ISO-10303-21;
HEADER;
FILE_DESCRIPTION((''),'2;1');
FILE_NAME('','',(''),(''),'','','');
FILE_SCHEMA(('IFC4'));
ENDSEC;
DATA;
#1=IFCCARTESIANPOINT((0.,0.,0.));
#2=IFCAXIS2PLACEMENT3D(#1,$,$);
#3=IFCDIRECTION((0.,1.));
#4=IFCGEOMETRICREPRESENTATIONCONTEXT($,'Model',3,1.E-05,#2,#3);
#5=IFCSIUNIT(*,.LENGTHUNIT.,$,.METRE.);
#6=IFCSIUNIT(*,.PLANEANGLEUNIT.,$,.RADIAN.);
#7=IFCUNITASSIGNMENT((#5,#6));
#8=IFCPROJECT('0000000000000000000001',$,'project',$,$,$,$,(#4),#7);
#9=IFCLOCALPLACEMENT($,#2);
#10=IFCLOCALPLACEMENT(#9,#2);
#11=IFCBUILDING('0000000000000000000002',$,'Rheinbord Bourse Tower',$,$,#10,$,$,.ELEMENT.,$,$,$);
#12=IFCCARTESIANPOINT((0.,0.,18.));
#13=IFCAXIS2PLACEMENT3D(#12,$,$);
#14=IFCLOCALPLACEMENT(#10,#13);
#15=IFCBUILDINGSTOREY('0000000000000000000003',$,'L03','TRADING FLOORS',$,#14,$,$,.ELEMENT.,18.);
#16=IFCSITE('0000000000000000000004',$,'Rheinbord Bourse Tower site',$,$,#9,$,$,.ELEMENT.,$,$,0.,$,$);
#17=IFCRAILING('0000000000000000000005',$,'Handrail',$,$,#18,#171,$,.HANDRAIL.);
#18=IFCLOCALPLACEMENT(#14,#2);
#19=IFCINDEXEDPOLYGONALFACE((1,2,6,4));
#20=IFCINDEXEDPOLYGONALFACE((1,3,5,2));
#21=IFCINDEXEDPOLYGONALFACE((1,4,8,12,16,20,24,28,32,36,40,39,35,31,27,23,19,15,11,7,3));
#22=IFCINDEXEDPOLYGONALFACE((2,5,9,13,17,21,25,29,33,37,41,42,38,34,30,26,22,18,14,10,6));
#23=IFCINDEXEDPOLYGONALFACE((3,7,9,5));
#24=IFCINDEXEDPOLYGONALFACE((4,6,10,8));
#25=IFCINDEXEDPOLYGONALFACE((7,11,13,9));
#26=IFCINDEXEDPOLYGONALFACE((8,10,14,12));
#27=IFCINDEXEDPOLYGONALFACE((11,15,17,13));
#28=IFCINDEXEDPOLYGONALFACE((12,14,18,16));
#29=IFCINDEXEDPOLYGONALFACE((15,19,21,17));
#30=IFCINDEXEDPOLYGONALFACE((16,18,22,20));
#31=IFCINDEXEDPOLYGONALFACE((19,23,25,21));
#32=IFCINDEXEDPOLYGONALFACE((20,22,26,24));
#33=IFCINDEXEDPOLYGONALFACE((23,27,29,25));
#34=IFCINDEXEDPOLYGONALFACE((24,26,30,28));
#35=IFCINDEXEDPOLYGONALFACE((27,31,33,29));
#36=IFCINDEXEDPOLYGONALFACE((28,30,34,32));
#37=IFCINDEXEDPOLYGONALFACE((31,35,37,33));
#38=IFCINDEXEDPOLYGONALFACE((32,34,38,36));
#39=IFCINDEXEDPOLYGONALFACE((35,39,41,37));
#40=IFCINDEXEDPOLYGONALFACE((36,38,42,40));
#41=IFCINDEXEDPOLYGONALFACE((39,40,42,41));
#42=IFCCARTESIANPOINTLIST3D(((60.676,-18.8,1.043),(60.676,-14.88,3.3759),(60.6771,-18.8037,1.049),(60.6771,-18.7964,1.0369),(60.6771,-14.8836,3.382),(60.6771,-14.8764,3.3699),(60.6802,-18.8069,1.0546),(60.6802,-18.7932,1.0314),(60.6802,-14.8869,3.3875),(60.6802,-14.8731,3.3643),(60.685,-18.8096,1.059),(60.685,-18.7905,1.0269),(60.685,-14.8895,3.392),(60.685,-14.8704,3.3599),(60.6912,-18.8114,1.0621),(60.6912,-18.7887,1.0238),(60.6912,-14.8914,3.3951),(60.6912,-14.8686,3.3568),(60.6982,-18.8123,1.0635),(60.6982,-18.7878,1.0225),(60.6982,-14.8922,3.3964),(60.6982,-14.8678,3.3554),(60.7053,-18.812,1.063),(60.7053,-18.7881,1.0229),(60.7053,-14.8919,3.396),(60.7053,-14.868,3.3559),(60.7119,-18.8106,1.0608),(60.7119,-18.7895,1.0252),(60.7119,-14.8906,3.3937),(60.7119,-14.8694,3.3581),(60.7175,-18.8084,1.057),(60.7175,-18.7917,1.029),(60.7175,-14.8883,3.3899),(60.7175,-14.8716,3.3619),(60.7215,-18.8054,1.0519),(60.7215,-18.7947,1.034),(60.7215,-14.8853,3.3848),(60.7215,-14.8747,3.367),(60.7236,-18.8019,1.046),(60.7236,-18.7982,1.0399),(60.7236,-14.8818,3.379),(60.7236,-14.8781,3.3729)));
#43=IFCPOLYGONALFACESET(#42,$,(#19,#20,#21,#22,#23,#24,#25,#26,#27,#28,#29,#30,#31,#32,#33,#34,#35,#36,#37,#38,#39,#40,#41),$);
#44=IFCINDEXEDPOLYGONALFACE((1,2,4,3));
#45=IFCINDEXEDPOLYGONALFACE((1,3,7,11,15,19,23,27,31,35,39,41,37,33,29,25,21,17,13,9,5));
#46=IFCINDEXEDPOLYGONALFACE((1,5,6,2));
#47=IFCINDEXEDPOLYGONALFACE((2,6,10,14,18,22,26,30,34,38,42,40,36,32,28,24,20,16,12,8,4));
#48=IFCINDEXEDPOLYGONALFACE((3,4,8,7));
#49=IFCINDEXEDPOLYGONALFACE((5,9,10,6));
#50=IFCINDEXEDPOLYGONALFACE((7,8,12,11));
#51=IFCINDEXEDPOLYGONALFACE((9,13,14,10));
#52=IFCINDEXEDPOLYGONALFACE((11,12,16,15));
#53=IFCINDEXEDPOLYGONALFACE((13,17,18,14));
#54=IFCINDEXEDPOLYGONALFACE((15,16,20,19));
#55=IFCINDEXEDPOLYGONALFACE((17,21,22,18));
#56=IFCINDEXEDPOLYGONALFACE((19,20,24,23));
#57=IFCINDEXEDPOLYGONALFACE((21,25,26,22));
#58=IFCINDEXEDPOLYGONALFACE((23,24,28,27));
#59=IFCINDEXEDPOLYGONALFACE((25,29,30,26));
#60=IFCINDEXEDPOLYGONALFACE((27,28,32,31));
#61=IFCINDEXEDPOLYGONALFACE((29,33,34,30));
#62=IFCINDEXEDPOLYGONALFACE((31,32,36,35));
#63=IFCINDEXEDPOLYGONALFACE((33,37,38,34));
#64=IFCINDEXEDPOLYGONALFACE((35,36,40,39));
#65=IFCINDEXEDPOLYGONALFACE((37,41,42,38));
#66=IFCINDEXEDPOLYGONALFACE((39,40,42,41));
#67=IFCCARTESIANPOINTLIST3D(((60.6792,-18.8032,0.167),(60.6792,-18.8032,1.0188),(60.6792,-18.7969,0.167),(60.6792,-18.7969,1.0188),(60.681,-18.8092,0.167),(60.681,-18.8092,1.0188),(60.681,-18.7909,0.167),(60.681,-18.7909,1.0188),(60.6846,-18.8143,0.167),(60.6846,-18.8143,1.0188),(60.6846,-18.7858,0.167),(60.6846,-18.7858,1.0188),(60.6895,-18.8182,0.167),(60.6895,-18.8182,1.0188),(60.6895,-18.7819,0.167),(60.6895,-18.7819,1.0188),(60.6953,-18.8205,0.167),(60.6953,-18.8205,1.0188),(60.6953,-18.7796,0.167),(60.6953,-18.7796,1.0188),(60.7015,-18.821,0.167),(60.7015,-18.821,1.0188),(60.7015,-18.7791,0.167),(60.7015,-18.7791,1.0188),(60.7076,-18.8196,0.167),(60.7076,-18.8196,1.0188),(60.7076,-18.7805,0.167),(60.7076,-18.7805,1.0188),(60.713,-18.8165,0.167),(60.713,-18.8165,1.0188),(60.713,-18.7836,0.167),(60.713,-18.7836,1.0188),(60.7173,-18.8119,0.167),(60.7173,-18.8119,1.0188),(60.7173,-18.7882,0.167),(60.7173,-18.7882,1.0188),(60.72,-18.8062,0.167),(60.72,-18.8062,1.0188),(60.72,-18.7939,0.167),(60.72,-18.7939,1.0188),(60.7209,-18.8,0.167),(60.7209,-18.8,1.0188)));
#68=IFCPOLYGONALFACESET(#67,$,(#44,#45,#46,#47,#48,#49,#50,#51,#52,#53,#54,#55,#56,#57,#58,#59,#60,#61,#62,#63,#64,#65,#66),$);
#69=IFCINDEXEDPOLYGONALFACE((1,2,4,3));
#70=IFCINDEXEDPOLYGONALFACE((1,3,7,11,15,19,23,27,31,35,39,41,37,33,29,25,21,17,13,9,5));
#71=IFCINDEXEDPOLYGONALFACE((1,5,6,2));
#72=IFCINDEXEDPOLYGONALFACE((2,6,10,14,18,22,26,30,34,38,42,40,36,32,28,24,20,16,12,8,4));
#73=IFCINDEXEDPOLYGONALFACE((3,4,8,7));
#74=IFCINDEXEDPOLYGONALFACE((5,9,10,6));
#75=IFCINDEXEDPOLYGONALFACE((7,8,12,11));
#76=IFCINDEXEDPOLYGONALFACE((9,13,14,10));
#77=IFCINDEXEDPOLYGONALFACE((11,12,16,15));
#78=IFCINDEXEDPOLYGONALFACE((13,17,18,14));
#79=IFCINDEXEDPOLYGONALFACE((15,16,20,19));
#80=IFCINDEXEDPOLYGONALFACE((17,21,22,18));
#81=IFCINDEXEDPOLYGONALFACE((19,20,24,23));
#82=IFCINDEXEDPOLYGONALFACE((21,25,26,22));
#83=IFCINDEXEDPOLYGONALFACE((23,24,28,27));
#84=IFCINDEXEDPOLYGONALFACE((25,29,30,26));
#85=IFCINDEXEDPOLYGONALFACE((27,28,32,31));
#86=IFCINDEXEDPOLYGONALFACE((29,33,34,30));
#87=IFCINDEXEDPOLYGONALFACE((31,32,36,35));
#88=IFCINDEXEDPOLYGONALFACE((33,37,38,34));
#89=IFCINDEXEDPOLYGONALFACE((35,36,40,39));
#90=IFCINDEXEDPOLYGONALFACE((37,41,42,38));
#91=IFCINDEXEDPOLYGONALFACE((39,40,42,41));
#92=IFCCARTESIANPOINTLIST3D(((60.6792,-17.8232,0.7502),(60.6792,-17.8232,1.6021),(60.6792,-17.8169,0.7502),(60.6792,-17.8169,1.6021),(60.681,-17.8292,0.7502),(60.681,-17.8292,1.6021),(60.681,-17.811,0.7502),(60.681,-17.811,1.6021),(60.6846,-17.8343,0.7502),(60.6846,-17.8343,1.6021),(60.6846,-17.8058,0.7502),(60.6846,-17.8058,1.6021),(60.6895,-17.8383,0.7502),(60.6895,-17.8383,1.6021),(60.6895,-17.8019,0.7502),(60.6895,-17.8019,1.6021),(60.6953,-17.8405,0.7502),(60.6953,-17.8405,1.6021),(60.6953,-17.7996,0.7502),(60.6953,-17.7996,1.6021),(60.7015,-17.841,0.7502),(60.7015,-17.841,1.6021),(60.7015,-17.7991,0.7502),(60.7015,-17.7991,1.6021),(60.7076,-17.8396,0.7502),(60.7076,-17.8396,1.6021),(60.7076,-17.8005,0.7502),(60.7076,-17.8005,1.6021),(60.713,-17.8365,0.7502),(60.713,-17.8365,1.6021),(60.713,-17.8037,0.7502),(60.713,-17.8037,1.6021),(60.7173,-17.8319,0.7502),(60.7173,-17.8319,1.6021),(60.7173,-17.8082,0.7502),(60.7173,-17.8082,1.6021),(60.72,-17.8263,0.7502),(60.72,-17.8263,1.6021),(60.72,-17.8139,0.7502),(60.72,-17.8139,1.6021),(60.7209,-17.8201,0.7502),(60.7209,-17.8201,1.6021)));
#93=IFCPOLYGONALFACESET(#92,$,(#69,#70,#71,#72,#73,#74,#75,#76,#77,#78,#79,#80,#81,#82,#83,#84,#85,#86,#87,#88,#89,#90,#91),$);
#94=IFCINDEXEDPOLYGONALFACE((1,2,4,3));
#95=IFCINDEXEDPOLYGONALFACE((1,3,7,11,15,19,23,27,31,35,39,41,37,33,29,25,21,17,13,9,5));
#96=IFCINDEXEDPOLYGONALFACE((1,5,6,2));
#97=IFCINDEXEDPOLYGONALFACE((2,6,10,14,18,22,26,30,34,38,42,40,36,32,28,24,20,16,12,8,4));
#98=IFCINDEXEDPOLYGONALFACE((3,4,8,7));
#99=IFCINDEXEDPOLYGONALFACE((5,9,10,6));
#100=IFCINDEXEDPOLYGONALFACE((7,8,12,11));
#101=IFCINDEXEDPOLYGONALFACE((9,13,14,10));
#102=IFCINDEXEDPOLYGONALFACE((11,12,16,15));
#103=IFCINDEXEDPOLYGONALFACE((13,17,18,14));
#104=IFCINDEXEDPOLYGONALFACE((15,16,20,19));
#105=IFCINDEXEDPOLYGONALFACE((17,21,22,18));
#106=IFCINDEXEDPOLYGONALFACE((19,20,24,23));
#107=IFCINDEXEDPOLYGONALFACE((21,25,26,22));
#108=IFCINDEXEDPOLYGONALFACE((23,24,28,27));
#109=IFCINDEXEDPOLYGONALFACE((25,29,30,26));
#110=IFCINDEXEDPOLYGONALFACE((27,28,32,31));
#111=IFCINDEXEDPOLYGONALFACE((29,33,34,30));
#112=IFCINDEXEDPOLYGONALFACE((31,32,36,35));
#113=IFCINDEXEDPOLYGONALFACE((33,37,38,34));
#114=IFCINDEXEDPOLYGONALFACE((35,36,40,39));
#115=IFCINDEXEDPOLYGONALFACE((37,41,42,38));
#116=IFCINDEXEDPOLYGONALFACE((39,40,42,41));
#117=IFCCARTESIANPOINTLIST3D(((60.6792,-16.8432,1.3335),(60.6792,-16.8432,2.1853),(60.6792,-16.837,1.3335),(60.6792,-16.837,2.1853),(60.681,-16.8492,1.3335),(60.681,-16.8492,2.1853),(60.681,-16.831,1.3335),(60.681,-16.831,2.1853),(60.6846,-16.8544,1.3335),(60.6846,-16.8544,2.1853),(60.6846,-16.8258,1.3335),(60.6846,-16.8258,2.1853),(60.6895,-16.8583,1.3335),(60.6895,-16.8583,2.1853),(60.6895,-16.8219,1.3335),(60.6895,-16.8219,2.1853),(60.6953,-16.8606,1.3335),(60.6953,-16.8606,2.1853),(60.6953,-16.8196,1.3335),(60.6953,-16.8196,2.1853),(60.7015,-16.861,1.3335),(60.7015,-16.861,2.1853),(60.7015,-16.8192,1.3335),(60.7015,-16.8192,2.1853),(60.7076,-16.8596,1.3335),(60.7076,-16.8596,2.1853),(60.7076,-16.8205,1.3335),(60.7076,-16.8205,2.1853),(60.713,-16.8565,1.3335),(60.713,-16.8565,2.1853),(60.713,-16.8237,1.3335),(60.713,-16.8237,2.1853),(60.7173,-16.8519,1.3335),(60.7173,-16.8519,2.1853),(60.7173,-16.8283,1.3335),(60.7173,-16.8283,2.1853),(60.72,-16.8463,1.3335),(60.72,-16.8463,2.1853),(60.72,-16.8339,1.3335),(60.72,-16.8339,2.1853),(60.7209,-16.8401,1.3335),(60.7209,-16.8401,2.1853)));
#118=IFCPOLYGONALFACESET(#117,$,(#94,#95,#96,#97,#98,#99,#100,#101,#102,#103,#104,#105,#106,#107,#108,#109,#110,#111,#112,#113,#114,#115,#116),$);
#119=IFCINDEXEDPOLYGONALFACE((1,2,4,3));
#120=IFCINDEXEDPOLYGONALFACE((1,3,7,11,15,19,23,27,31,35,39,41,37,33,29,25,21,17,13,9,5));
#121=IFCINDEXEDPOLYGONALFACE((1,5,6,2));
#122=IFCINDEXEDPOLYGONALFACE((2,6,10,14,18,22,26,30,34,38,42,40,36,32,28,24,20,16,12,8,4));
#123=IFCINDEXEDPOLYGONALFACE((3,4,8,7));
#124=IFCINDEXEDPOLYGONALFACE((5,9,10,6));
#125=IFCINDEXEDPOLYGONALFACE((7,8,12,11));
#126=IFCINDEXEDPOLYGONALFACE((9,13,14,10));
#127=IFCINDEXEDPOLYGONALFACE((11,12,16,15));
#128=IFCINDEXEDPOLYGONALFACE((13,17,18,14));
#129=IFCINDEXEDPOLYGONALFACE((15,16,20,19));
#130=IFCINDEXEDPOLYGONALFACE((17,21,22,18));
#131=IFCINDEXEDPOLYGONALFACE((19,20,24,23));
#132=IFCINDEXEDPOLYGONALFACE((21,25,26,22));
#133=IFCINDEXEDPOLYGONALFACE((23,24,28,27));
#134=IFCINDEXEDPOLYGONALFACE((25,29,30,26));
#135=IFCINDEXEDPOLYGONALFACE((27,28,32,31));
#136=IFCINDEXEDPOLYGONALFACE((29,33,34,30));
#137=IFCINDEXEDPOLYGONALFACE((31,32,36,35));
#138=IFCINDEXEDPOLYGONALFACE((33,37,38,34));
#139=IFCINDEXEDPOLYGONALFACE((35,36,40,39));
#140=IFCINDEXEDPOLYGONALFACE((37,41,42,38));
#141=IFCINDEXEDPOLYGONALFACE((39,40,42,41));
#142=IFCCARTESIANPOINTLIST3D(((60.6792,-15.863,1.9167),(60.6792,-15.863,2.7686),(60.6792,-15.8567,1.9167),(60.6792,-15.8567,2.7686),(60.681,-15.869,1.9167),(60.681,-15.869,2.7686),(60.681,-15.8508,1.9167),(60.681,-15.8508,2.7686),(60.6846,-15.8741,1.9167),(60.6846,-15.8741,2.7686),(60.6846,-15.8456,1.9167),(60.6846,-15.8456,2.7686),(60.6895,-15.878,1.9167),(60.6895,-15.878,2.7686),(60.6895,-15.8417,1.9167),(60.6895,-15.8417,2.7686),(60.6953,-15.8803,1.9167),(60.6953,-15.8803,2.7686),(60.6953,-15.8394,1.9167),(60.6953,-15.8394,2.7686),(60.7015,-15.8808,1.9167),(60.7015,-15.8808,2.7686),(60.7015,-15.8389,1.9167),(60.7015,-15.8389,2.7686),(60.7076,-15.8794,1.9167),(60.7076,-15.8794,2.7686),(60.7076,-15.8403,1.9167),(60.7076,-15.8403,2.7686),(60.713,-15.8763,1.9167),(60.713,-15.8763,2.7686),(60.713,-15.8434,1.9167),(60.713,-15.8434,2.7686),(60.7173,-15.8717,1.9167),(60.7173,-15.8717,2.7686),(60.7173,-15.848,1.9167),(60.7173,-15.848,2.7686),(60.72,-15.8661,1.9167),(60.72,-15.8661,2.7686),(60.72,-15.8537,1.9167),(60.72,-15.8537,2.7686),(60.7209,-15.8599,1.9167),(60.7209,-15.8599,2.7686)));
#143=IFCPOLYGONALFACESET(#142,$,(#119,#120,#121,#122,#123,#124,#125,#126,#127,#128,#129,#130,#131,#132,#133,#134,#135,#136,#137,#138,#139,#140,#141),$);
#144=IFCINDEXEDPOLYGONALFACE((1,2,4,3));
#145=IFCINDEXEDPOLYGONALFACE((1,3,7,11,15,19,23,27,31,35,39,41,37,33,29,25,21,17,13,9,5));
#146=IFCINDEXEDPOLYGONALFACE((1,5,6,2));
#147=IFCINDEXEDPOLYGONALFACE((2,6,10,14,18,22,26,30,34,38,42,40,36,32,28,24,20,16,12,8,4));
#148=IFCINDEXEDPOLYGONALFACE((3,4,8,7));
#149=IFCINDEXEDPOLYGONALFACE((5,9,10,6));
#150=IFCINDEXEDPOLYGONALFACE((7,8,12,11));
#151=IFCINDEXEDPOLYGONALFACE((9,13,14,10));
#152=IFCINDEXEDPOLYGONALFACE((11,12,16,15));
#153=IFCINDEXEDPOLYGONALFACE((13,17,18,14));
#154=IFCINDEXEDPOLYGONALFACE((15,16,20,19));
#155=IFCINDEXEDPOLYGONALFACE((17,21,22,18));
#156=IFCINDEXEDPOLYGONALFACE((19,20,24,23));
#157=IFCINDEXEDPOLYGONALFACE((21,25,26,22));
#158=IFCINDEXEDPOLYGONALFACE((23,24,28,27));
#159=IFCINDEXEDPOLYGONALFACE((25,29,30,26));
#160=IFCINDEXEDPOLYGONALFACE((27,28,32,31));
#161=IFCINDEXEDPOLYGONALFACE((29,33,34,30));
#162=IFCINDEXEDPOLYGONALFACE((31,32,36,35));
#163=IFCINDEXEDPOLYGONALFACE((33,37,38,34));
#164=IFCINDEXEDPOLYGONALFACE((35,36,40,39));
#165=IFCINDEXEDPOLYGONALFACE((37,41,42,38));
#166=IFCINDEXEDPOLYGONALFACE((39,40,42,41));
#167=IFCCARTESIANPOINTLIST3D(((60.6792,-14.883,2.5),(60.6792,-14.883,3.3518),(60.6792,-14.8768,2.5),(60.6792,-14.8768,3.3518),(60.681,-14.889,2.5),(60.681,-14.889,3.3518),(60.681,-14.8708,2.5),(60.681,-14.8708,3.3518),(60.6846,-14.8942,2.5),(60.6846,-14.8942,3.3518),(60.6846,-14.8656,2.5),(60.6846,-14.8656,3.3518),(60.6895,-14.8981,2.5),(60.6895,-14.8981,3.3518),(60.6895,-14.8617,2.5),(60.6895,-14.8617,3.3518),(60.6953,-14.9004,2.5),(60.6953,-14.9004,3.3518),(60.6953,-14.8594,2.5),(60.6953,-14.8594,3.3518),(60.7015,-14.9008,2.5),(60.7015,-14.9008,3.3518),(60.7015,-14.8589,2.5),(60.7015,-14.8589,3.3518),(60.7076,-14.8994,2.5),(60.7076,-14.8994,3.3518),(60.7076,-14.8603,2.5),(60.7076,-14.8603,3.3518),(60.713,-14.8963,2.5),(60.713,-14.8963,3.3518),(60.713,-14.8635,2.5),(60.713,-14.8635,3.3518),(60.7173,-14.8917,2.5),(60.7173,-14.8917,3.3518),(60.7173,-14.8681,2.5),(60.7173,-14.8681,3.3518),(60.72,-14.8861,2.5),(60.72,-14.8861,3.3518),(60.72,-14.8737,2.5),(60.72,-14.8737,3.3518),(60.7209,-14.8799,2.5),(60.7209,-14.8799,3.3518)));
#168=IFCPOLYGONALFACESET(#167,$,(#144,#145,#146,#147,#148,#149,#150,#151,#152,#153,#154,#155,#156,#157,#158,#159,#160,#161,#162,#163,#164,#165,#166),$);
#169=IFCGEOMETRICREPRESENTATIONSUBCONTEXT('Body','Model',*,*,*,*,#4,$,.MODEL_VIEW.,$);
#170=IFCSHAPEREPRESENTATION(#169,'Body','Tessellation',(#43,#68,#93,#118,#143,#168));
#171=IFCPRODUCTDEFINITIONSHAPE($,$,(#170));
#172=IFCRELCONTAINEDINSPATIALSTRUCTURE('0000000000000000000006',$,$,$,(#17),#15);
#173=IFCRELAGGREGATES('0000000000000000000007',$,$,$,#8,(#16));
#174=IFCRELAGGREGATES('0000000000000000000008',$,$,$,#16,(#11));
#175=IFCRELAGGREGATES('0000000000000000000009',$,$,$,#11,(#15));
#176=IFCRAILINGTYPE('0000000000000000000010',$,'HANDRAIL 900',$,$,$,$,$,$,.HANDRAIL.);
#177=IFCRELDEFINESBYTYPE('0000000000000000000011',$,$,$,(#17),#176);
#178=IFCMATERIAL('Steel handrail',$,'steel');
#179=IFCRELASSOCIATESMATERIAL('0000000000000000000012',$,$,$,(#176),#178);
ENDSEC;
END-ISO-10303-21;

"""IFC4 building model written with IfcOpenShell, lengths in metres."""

from ifc_helpers import new_model, si_unit, direction, frame, origin, origin_2d, place, context, subcontext, project, spatial, circle, extrude, material, type_object, element, save


model = new_model("IFC4")

# Units and contexts
model_context = context("Model", 3, precision=1e-05, world=origin(), true_north=direction((0.0, 1.0)))
body_context = subcontext(model_context, "Body", "Model", "MODEL_VIEW")
ifc_project = project(units=[si_unit("LENGTHUNIT", "METRE"), si_unit("PLANEANGLEUNIT", "RADIAN")], contexts=[model_context])

# Site, building, storey
site_placement = place(None, origin())
site = spatial("IfcSite", under=ifc_project, at=site_placement, Name="Rheinbord Bourse Tower site", CompositionType="ELEMENT", RefElevation=0.0)
building_placement = place(site_placement, origin())
building = spatial("IfcBuilding", under=site, at=building_placement, Name="Rheinbord Bourse Tower", CompositionType="ELEMENT")
storey_placement = place(building_placement, frame((0.0, 0.0, 18.0)))
storey = spatial("IfcBuildingStorey", under=building, at=storey_placement, Name="L03", Description="TRADING FLOORS", CompositionType="ELEMENT", Elevation=18.0)

# Railing
ifc_material_1 = material(Name="Steel handrail", Category="steel")
railing_type = type_object("IfcRailingType", Name="HANDRAIL 900", PredefinedType="HANDRAIL", material=ifc_material_1)
railing_1_placement = place(storey_placement, frame((60.7, -18.8, 0.167)))
element("IfcRailing", 1, at=railing_1_placement, inside=storey, type_object=railing_type, Name="Handrail", PredefinedType="HANDRAIL", context=body_context, shape_type="SweptSolid", body=[
    extrude(circle(Radius=0.0239, at=origin_2d()), frame((0.0, 0.0, 0.876), z_axis=(0.0, 0.859334, 0.511415), x_axis=(-1.0, 0.0, 0.0)), (0.0, 0.0, 1.0), 4.5618),
    extrude(circle(Radius=0.021, at=origin_2d()), origin(), (0.0, 0.0, 1.0), 0.8518),
    extrude(circle(Radius=0.021, at=origin_2d()), frame((0.0, 0.98, 0.5833)), (0.0, 0.0, 1.0), 0.8518),
    extrude(circle(Radius=0.021, at=origin_2d()), frame((0.0, 1.96, 1.1665)), (0.0, 0.0, 1.0), 0.8518),
    extrude(circle(Radius=0.021, at=origin_2d()), frame((0.0, 2.9402, 1.7498)), (0.0, 0.0, 1.0), 0.8518),
    extrude(circle(Radius=0.021, at=origin_2d()), frame((0.0, 3.9202, 2.333)), (0.0, 0.0, 1.0), 0.8518),
])

save(model, "model.ifc")
